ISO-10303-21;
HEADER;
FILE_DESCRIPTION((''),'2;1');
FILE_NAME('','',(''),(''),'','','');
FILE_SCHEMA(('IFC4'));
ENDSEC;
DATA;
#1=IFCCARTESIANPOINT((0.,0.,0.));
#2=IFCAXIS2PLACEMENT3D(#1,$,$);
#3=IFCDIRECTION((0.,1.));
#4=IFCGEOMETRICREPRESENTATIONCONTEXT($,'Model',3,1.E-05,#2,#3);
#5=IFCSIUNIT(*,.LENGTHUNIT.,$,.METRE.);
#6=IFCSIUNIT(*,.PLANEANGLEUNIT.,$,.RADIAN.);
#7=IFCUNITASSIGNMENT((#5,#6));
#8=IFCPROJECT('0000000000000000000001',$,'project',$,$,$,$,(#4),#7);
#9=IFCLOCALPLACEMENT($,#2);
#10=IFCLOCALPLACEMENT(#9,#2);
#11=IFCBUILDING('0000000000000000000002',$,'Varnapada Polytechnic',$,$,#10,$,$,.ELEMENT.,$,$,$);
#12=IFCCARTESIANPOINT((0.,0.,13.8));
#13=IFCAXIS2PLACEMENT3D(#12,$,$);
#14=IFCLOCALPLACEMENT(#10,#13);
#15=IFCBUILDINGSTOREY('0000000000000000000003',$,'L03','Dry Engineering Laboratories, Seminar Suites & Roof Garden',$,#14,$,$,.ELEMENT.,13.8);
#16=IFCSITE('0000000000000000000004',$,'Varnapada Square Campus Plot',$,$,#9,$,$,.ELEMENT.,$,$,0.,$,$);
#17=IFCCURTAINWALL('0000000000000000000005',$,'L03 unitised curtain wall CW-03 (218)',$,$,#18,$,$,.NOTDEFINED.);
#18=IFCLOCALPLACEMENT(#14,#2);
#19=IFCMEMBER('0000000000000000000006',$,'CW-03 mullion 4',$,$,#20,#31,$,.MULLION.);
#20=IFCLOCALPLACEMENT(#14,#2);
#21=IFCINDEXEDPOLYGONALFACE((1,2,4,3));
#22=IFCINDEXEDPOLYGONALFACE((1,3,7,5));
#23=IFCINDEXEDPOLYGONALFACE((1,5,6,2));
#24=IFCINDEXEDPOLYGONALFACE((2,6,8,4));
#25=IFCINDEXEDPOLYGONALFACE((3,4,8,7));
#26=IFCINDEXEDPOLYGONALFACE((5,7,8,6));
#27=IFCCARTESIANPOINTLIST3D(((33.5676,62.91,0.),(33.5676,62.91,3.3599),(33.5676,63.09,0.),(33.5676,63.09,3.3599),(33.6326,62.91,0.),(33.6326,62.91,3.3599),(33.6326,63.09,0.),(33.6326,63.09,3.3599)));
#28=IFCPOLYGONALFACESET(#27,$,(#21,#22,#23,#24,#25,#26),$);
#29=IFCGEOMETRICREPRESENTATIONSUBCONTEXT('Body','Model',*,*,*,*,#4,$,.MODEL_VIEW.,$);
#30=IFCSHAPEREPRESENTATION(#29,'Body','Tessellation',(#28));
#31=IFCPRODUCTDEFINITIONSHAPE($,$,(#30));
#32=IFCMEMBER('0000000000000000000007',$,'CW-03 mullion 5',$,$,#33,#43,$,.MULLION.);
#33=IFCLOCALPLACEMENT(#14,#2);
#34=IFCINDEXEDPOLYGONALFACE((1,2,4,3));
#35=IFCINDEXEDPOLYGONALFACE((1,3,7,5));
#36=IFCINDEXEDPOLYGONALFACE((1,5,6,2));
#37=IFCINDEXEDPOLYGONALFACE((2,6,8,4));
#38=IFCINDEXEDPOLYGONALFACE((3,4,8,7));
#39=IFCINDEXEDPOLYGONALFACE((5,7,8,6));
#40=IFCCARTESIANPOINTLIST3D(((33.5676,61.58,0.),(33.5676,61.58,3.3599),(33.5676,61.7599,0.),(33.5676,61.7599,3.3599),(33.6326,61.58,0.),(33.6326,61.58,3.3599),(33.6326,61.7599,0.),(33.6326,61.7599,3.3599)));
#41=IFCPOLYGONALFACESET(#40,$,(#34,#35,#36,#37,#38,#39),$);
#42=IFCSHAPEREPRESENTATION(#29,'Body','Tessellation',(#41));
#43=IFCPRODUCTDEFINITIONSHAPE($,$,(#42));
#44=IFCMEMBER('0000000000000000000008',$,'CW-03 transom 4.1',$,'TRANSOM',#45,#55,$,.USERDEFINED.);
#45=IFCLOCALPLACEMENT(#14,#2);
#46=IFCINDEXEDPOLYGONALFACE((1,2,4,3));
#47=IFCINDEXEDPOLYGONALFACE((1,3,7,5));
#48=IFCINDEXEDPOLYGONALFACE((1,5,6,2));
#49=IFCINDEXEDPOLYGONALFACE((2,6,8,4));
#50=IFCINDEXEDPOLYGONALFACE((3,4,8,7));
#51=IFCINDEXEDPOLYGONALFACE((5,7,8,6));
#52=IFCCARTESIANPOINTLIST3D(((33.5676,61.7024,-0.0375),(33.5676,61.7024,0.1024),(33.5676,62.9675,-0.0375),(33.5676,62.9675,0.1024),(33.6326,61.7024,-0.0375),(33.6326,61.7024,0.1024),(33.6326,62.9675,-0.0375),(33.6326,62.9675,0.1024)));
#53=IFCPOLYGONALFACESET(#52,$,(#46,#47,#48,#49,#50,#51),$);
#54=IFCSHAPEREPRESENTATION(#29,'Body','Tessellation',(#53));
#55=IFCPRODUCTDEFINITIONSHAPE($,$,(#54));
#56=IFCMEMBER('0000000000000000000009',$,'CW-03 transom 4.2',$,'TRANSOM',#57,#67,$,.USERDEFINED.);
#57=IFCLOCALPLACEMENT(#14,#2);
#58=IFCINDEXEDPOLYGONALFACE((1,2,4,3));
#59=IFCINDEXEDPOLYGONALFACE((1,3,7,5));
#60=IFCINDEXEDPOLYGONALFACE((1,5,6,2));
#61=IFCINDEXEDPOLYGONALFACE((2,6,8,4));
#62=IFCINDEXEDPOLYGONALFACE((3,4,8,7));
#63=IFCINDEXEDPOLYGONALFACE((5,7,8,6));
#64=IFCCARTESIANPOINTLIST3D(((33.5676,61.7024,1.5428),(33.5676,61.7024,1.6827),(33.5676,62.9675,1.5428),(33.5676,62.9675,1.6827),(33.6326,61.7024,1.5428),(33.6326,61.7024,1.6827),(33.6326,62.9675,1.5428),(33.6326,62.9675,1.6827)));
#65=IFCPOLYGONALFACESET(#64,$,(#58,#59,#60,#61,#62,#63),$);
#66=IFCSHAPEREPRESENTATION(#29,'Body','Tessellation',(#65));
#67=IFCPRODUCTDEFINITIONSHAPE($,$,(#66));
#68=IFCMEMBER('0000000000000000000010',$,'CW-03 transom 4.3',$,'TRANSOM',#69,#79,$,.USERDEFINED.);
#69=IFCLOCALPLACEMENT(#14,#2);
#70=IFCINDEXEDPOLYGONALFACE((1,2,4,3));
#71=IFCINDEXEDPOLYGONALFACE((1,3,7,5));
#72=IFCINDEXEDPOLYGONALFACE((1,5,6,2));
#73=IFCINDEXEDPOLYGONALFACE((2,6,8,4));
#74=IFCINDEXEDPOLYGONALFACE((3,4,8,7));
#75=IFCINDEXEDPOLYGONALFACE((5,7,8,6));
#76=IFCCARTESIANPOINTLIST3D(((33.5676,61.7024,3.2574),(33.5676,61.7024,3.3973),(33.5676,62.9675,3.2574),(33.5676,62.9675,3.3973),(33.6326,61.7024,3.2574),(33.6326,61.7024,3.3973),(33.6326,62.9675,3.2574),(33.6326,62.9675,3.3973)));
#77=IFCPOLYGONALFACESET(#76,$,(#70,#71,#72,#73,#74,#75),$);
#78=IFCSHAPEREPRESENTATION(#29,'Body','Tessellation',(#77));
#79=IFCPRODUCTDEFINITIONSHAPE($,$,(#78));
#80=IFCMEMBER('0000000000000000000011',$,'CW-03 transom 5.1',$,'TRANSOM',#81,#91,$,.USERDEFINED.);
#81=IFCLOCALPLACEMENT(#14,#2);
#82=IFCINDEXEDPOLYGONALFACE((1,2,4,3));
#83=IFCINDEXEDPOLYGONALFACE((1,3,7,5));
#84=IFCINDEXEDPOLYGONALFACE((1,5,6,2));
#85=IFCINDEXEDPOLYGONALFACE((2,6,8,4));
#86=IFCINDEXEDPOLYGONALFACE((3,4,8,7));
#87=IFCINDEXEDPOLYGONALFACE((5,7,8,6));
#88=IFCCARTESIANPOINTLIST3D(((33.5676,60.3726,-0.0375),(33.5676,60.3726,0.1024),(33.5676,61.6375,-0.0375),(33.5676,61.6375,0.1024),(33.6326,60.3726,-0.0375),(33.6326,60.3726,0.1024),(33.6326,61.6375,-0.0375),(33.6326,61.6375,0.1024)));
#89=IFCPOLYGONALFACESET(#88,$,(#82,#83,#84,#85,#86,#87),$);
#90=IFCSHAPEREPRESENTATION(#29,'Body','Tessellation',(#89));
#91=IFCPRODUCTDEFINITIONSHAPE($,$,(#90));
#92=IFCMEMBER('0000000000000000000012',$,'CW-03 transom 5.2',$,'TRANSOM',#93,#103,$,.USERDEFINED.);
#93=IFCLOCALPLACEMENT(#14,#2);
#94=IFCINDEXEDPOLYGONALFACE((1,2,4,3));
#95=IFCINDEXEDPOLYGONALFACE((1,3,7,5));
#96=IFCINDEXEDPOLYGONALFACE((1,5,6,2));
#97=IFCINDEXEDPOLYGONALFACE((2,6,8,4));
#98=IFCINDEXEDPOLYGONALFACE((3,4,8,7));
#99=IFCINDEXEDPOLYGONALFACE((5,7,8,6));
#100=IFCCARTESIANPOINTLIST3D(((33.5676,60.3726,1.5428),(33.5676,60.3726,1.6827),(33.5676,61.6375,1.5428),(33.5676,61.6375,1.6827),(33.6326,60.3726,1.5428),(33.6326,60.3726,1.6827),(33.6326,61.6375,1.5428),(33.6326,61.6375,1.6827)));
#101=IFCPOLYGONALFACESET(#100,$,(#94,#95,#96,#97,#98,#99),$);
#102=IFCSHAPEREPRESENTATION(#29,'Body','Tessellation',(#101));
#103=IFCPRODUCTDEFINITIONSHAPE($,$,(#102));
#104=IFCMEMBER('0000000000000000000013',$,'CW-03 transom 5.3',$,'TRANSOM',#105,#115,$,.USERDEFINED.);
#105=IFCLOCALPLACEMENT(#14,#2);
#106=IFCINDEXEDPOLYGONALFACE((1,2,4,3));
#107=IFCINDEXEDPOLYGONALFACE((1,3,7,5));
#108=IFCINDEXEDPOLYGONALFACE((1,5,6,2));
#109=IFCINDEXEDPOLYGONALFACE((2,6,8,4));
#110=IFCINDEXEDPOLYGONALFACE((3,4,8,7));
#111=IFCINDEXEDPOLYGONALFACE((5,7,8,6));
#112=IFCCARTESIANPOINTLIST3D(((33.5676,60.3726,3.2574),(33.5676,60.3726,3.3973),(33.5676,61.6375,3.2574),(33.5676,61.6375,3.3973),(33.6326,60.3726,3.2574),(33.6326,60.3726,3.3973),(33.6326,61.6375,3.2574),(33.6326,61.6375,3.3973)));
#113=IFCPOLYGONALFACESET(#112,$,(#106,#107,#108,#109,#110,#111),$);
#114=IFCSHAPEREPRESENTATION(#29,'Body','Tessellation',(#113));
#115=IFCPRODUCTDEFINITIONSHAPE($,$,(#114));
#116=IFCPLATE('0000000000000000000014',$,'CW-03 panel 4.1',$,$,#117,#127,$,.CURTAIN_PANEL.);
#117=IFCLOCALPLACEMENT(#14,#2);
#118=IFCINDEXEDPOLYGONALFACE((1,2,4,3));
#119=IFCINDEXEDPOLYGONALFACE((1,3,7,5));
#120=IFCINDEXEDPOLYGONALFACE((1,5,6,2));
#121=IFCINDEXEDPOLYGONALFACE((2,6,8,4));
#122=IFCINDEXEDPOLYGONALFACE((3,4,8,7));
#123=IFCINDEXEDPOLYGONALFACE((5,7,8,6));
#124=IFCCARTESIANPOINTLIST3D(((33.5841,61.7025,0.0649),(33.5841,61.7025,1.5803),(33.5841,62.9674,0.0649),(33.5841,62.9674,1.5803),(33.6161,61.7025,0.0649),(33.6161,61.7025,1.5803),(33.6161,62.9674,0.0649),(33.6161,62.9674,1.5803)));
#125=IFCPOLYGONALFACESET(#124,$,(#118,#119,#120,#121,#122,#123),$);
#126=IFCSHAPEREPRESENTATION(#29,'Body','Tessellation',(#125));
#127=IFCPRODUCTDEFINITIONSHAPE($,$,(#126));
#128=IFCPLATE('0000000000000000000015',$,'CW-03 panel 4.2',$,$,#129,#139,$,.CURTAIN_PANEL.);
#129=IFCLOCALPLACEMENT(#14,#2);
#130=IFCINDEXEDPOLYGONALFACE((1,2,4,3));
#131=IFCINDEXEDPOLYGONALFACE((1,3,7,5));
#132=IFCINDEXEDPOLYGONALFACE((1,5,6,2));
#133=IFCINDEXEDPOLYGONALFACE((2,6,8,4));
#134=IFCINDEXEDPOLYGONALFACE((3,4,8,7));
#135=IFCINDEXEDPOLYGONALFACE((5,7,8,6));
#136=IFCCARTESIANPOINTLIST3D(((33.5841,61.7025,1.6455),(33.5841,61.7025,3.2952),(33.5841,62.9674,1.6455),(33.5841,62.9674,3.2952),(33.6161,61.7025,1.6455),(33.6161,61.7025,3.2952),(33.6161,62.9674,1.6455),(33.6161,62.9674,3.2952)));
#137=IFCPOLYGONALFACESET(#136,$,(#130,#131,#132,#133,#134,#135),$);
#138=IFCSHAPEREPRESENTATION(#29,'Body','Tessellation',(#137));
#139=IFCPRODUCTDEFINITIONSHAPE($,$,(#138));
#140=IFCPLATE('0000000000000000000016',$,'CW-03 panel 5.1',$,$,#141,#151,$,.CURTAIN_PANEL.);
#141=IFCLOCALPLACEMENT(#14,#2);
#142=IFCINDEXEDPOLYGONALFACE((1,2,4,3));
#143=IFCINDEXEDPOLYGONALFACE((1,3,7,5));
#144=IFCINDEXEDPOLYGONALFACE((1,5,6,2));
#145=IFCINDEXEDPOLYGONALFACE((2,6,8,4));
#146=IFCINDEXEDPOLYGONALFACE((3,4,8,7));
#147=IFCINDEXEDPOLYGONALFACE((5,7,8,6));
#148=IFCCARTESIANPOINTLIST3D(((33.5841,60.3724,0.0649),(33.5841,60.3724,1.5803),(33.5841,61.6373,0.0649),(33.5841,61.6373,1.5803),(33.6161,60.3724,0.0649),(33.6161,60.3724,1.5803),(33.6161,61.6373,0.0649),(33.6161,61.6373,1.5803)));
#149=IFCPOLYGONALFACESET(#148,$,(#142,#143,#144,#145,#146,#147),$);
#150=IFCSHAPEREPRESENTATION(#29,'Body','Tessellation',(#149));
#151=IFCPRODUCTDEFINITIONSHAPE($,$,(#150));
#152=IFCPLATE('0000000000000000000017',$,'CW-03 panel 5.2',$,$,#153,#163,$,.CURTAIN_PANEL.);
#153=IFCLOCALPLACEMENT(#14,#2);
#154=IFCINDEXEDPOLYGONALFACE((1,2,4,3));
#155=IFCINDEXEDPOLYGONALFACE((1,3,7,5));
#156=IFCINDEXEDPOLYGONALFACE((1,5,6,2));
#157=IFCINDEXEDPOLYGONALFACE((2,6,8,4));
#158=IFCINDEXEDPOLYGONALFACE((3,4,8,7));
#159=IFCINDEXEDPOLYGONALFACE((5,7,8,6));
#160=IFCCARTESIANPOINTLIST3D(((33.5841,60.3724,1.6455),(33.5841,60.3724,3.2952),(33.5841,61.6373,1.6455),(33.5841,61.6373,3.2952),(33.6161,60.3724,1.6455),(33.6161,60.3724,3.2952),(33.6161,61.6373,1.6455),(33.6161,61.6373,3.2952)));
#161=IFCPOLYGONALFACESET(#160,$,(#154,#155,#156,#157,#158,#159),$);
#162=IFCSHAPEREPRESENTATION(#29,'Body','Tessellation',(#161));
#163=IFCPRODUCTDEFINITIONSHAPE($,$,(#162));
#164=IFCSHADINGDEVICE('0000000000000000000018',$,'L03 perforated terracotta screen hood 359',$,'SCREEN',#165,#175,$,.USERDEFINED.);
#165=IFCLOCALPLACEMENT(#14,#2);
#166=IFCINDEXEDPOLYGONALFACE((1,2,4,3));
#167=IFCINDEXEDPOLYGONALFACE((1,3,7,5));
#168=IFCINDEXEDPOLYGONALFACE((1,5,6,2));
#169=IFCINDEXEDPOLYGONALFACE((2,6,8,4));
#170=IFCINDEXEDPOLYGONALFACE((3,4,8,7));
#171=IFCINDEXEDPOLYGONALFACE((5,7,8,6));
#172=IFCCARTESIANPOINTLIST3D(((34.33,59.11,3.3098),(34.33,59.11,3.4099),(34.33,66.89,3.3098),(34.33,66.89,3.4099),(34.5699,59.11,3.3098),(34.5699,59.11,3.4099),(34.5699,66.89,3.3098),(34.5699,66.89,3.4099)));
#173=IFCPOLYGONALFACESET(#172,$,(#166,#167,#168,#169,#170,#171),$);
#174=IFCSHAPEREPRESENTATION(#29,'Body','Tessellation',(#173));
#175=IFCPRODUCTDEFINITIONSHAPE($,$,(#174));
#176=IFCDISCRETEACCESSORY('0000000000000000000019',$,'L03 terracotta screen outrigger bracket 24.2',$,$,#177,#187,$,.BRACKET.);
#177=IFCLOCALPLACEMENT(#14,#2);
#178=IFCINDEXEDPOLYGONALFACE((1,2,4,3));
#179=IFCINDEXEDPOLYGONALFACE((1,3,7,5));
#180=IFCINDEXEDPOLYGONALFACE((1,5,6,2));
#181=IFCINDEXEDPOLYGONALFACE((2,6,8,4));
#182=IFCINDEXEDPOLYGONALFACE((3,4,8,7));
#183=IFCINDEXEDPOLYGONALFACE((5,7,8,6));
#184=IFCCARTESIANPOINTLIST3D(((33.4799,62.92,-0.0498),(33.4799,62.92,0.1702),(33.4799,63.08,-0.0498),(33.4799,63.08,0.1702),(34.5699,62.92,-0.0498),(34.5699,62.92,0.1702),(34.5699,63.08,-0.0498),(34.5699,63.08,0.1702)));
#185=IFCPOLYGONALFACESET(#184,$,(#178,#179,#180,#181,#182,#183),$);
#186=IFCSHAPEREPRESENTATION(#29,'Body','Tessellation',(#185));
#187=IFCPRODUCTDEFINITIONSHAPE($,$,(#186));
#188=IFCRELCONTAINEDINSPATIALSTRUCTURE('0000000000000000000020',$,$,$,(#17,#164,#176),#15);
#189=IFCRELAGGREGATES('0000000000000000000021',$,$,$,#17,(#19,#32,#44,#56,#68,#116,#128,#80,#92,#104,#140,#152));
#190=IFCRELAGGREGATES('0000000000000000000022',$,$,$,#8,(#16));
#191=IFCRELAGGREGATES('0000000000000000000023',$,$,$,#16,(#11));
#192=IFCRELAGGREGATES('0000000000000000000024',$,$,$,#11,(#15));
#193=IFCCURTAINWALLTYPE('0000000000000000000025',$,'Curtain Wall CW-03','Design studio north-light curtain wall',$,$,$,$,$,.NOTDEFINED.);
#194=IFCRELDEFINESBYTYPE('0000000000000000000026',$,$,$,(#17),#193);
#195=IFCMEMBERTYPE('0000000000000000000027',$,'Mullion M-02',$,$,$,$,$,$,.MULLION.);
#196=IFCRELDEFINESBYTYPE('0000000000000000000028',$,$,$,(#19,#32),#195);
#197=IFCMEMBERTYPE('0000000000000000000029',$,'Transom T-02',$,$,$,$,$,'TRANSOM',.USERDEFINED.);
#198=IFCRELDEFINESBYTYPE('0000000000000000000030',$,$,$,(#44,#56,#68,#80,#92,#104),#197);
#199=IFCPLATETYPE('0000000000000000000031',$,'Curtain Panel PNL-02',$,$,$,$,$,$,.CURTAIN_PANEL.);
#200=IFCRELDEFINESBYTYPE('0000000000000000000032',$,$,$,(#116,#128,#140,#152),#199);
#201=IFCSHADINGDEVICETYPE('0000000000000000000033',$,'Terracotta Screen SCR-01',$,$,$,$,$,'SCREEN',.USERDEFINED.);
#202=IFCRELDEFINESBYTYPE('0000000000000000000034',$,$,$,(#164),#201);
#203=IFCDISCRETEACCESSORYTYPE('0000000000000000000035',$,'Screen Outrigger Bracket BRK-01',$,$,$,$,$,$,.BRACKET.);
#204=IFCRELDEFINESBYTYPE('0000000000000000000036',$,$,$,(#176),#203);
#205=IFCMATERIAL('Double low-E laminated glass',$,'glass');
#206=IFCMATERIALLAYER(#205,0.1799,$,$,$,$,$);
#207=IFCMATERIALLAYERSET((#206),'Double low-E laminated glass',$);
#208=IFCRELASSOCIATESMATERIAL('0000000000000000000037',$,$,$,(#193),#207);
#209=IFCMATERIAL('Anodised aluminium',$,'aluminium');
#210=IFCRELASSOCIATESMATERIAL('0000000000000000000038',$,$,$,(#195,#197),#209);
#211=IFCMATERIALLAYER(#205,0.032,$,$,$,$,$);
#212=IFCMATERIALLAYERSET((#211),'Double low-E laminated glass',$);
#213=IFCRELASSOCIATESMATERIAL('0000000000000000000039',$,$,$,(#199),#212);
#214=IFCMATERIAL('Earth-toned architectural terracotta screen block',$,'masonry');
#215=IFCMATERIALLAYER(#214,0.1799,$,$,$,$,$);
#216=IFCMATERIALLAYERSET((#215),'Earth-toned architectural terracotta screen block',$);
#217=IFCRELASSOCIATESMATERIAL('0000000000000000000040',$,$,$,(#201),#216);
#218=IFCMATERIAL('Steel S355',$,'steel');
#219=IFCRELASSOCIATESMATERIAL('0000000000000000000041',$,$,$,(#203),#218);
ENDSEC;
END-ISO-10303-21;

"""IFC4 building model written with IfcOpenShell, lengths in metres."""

from ifc_helpers import new_model, si_unit, direction, frame, origin, origin_2d, place, context, subcontext, project, spatial, rectangle, extrude, material, layer, layer_set, material_profile, profile_set, type_object, element, aggregate, save


model = new_model("IFC4")

# Units and contexts
model_context = context("Model", 3, precision=1e-05, world=origin(), true_north=direction((0.0, 1.0)))
body_context = subcontext(model_context, "Body", "Model", "MODEL_VIEW")
ifc_project = project(units=[si_unit("LENGTHUNIT", "METRE"), si_unit("PLANEANGLEUNIT", "RADIAN")], contexts=[model_context])

# Site, building, storey
site_placement = place(None, origin())
site = spatial("IfcSite", under=ifc_project, at=site_placement, Name="Varnapada Square Campus Plot", CompositionType="ELEMENT", RefElevation=0.0)
building_placement = place(site_placement, origin())
building = spatial("IfcBuilding", under=site, at=building_placement, Name="Varnapada Polytechnic", CompositionType="ELEMENT")
storey_placement = place(building_placement, frame((0.0, 0.0, 13.8)))
storey = spatial("IfcBuildingStorey", under=building, at=storey_placement, Name="L03", Description="Dry Engineering Laboratories, Seminar Suites & Roof Garden", CompositionType="ELEMENT", Elevation=13.8)

# Curtain wall, members, plates
ifc_material_1 = material(Name="Double low-E laminated glass", Category="glass")
ifc_layer_1 = layer(ifc_material_1, 0.1799)
ifc_layer_set_1 = layer_set([ifc_layer_1], Name="Double low-E laminated glass")
curtain_wall_type = type_object("IfcCurtainWallType", Name="Curtain Wall CW-03", Description="Design studio north-light curtain wall", PredefinedType="NOTDEFINED", material=ifc_layer_set_1)
curtain_wall_placement = place(storey_placement, origin())
curtain_wall = element("IfcCurtainWall", 1, at=curtain_wall_placement, inside=storey, type_object=curtain_wall_type, Name="L03 unitised curtain wall CW-03 (218)", PredefinedType="NOTDEFINED")
ifc_material_2 = material(Name="Anodised aluminium", Category="aluminium")
ifc_material_profile_1 = material_profile(ifc_material_2, rectangle(XDim=0.0649, YDim=0.1799, at=origin_2d()), Name="ALU M65x180")
ifc_profile_set_1 = profile_set([ifc_material_profile_1], Name="Anodised aluminium")
member_type_1 = type_object("IfcMemberType", Name="Mullion M-02", PredefinedType="MULLION", material=ifc_profile_set_1)
member_1_placement = place(storey_placement, frame((33.6001, 63.0, 0.0), z_axis=(0.0, 0.0, 1.0), x_axis=(1.0, 0.0, 0.0)))
member_1 = element("IfcMember", 2, at=member_1_placement, type_object=member_type_1, Name="CW-03 mullion 4", PredefinedType="MULLION", context=body_context, shape_type="SweptSolid", body=[
    extrude(rectangle(XDim=0.0649, YDim=0.1799, at=origin_2d()), origin(), (0.0, 0.0, 1.0), 3.3599),
])
member_2_placement = place(storey_placement, frame((33.6001, 61.6699, 0.0), z_axis=(0.0, 0.0, 1.0), x_axis=(1.0, 0.0, 0.0)))
member_2 = element("IfcMember", 3, at=member_2_placement, type_object=member_type_1, Name="CW-03 mullion 5", PredefinedType="MULLION", context=body_context, shape_type="SweptSolid", body=[
    extrude(rectangle(XDim=0.0649, YDim=0.1799, at=origin_2d()), origin(), (0.0, 0.0, 1.0), 3.3599),
])
ifc_material_profile_2 = material_profile(ifc_material_2, rectangle(XDim=0.0649, YDim=0.1399, at=origin_2d()), Name="ALU T65x140")
ifc_profile_set_2 = profile_set([ifc_material_profile_2], Name="Anodised aluminium")
member_type_2 = type_object("IfcMemberType", Name="Transom T-02", ElementType="TRANSOM", PredefinedType="USERDEFINED", material=ifc_profile_set_2)
member_3_placement = place(storey_placement, frame((33.6001, 62.9675, 0.0325), z_axis=(0.0, -1.0, 0.0), x_axis=(1.0, 0.0, 0.0)))
member_3 = element("IfcMember", 4, at=member_3_placement, type_object=member_type_2, Name="CW-03 transom 4.1", ObjectType="TRANSOM", PredefinedType="USERDEFINED", context=body_context, shape_type="SweptSolid", body=[
    extrude(rectangle(XDim=0.0649, YDim=0.1399, at=origin_2d()), origin(), (0.0, 0.0, 1.0), 1.2651),
])
member_4_placement = place(storey_placement, frame((33.6001, 62.9675, 1.6128), z_axis=(0.0, -1.0, 0.0), x_axis=(1.0, 0.0, 0.0)))
member_4 = element("IfcMember", 5, at=member_4_placement, type_object=member_type_2, Name="CW-03 transom 4.2", ObjectType="TRANSOM", PredefinedType="USERDEFINED", context=body_context, shape_type="SweptSolid", body=[
    extrude(rectangle(XDim=0.0649, YDim=0.1399, at=origin_2d()), origin(), (0.0, 0.0, 1.0), 1.2651),
])
member_5_placement = place(storey_placement, frame((33.6001, 62.9675, 3.3274), z_axis=(0.0, -1.0, 0.0), x_axis=(1.0, 0.0, 0.0)))
member_5 = element("IfcMember", 6, at=member_5_placement, type_object=member_type_2, Name="CW-03 transom 4.3", ObjectType="TRANSOM", PredefinedType="USERDEFINED", context=body_context, shape_type="SweptSolid", body=[
    extrude(rectangle(XDim=0.0649, YDim=0.1399, at=origin_2d()), origin(), (0.0, 0.0, 1.0), 1.2651),
])
member_6_placement = place(storey_placement, frame((33.6001, 61.6375, 0.0325), z_axis=(0.0, -1.0, 0.0), x_axis=(1.0, 0.0, 0.0)))
member_6 = element("IfcMember", 7, at=member_6_placement, type_object=member_type_2, Name="CW-03 transom 5.1", ObjectType="TRANSOM", PredefinedType="USERDEFINED", context=body_context, shape_type="SweptSolid", body=[
    extrude(rectangle(XDim=0.0649, YDim=0.1399, at=origin_2d()), origin(), (0.0, 0.0, 1.0), 1.2649),
])
member_7_placement = place(storey_placement, frame((33.6001, 61.6375, 1.6128), z_axis=(0.0, -1.0, 0.0), x_axis=(1.0, 0.0, 0.0)))
member_7 = element("IfcMember", 8, at=member_7_placement, type_object=member_type_2, Name="CW-03 transom 5.2", ObjectType="TRANSOM", PredefinedType="USERDEFINED", context=body_context, shape_type="SweptSolid", body=[
    extrude(rectangle(XDim=0.0649, YDim=0.1399, at=origin_2d()), origin(), (0.0, 0.0, 1.0), 1.2649),
])
member_8_placement = place(storey_placement, frame((33.6001, 61.6375, 3.3274), z_axis=(0.0, -1.0, 0.0), x_axis=(1.0, 0.0, 0.0)))
member_8 = element("IfcMember", 9, at=member_8_placement, type_object=member_type_2, Name="CW-03 transom 5.3", ObjectType="TRANSOM", PredefinedType="USERDEFINED", context=body_context, shape_type="SweptSolid", body=[
    extrude(rectangle(XDim=0.0649, YDim=0.1399, at=origin_2d()), origin(), (0.0, 0.0, 1.0), 1.2649),
])
ifc_layer_2 = layer(ifc_material_1, 0.032)
ifc_layer_set_2 = layer_set([ifc_layer_2], Name="Double low-E laminated glass")
plate_type = type_object("IfcPlateType", Name="Curtain Panel PNL-02", PredefinedType="CURTAIN_PANEL", material=ifc_layer_set_2)
plate_1_placement = place(storey_placement, frame((33.6001, 62.335, 0.0649), z_axis=(0.0, 0.0, 1.0), x_axis=(0.0, -1.0, 0.0)))
plate_1 = element("IfcPlate", 10, at=plate_1_placement, type_object=plate_type, Name="CW-03 panel 4.1", PredefinedType="CURTAIN_PANEL", context=body_context, shape_type="SweptSolid", body=[
    extrude(rectangle(XDim=1.2649, YDim=0.032, at=origin_2d()), origin(), (0.0, 0.0, 1.0), 1.5154),
])
plate_2_placement = place(storey_placement, frame((33.6001, 62.335, 1.6455), z_axis=(0.0, 0.0, 1.0), x_axis=(0.0, -1.0, 0.0)))
plate_2 = element("IfcPlate", 11, at=plate_2_placement, type_object=plate_type, Name="CW-03 panel 4.2", PredefinedType="CURTAIN_PANEL", context=body_context, shape_type="SweptSolid", body=[
    extrude(rectangle(XDim=1.2649, YDim=0.032, at=origin_2d()), origin(), (0.0, 0.0, 1.0), 1.6497),
])
plate_3_placement = place(storey_placement, frame((33.6001, 61.0049, 0.0649), z_axis=(0.0, 0.0, 1.0), x_axis=(0.0, -1.0, 0.0)))
plate_3 = element("IfcPlate", 12, at=plate_3_placement, type_object=plate_type, Name="CW-03 panel 5.1", PredefinedType="CURTAIN_PANEL", context=body_context, shape_type="SweptSolid", body=[
    extrude(rectangle(XDim=1.2649, YDim=0.032, at=origin_2d()), origin(), (0.0, 0.0, 1.0), 1.5154),
])
plate_4_placement = place(storey_placement, frame((33.6001, 61.0049, 1.6455), z_axis=(0.0, 0.0, 1.0), x_axis=(0.0, -1.0, 0.0)))
plate_4 = element("IfcPlate", 13, at=plate_4_placement, type_object=plate_type, Name="CW-03 panel 5.2", PredefinedType="CURTAIN_PANEL", context=body_context, shape_type="SweptSolid", body=[
    extrude(rectangle(XDim=1.2649, YDim=0.032, at=origin_2d()), origin(), (0.0, 0.0, 1.0), 1.6497),
])
aggregate(curtain_wall, [member_1, member_2, member_3, member_4, member_5, plate_1, plate_2, member_6, member_7, member_8, plate_3, plate_4])

# Shading device
ifc_material_3 = material(Name="Earth-toned architectural terracotta screen block", Category="masonry")
ifc_layer_3 = layer(ifc_material_3, 0.1799)
ifc_layer_set_3 = layer_set([ifc_layer_3], Name="Earth-toned architectural terracotta screen block")
shading_device_type = type_object("IfcShadingDeviceType", Name="Terracotta Screen SCR-01", ElementType="SCREEN", PredefinedType="USERDEFINED", material=ifc_layer_set_3)
shading_device_placement = place(storey_placement, frame((34.45, 63.0, 3.3098), z_axis=(0.0, 0.0, 1.0), x_axis=(0.0, -1.0, 0.0)))
element("IfcShadingDevice", 14, at=shading_device_placement, inside=storey, type_object=shading_device_type, Name="L03 perforated terracotta screen hood 359", ObjectType="SCREEN", PredefinedType="USERDEFINED", context=body_context, shape_type="SweptSolid", body=[
    extrude(rectangle(XDim=7.78, YDim=0.24, at=origin_2d()), origin(), (0.0, 0.0, 1.0), 0.1001),
])

# Discrete accessory
ifc_material_4 = material(Name="Steel S355", Category="steel")
discrete_accessory_type = type_object("IfcDiscreteAccessoryType", Name="Screen Outrigger Bracket BRK-01", PredefinedType="BRACKET", material=ifc_material_4)
discrete_accessory_placement = place(storey_placement, frame((34.0249, 63.0, -0.0498), z_axis=(0.0, 0.0, 1.0), x_axis=(0.0, -1.0, 0.0)))
element("IfcDiscreteAccessory", 15, at=discrete_accessory_placement, inside=storey, type_object=discrete_accessory_type, Name="L03 terracotta screen outrigger bracket 24.2", PredefinedType="BRACKET", context=body_context, shape_type="SweptSolid", body=[
    extrude(rectangle(XDim=0.1599, YDim=1.0901, at=origin_2d()), origin(), (0.0, 0.0, 1.0), 0.22),
])

save(model, "model.ifc")
